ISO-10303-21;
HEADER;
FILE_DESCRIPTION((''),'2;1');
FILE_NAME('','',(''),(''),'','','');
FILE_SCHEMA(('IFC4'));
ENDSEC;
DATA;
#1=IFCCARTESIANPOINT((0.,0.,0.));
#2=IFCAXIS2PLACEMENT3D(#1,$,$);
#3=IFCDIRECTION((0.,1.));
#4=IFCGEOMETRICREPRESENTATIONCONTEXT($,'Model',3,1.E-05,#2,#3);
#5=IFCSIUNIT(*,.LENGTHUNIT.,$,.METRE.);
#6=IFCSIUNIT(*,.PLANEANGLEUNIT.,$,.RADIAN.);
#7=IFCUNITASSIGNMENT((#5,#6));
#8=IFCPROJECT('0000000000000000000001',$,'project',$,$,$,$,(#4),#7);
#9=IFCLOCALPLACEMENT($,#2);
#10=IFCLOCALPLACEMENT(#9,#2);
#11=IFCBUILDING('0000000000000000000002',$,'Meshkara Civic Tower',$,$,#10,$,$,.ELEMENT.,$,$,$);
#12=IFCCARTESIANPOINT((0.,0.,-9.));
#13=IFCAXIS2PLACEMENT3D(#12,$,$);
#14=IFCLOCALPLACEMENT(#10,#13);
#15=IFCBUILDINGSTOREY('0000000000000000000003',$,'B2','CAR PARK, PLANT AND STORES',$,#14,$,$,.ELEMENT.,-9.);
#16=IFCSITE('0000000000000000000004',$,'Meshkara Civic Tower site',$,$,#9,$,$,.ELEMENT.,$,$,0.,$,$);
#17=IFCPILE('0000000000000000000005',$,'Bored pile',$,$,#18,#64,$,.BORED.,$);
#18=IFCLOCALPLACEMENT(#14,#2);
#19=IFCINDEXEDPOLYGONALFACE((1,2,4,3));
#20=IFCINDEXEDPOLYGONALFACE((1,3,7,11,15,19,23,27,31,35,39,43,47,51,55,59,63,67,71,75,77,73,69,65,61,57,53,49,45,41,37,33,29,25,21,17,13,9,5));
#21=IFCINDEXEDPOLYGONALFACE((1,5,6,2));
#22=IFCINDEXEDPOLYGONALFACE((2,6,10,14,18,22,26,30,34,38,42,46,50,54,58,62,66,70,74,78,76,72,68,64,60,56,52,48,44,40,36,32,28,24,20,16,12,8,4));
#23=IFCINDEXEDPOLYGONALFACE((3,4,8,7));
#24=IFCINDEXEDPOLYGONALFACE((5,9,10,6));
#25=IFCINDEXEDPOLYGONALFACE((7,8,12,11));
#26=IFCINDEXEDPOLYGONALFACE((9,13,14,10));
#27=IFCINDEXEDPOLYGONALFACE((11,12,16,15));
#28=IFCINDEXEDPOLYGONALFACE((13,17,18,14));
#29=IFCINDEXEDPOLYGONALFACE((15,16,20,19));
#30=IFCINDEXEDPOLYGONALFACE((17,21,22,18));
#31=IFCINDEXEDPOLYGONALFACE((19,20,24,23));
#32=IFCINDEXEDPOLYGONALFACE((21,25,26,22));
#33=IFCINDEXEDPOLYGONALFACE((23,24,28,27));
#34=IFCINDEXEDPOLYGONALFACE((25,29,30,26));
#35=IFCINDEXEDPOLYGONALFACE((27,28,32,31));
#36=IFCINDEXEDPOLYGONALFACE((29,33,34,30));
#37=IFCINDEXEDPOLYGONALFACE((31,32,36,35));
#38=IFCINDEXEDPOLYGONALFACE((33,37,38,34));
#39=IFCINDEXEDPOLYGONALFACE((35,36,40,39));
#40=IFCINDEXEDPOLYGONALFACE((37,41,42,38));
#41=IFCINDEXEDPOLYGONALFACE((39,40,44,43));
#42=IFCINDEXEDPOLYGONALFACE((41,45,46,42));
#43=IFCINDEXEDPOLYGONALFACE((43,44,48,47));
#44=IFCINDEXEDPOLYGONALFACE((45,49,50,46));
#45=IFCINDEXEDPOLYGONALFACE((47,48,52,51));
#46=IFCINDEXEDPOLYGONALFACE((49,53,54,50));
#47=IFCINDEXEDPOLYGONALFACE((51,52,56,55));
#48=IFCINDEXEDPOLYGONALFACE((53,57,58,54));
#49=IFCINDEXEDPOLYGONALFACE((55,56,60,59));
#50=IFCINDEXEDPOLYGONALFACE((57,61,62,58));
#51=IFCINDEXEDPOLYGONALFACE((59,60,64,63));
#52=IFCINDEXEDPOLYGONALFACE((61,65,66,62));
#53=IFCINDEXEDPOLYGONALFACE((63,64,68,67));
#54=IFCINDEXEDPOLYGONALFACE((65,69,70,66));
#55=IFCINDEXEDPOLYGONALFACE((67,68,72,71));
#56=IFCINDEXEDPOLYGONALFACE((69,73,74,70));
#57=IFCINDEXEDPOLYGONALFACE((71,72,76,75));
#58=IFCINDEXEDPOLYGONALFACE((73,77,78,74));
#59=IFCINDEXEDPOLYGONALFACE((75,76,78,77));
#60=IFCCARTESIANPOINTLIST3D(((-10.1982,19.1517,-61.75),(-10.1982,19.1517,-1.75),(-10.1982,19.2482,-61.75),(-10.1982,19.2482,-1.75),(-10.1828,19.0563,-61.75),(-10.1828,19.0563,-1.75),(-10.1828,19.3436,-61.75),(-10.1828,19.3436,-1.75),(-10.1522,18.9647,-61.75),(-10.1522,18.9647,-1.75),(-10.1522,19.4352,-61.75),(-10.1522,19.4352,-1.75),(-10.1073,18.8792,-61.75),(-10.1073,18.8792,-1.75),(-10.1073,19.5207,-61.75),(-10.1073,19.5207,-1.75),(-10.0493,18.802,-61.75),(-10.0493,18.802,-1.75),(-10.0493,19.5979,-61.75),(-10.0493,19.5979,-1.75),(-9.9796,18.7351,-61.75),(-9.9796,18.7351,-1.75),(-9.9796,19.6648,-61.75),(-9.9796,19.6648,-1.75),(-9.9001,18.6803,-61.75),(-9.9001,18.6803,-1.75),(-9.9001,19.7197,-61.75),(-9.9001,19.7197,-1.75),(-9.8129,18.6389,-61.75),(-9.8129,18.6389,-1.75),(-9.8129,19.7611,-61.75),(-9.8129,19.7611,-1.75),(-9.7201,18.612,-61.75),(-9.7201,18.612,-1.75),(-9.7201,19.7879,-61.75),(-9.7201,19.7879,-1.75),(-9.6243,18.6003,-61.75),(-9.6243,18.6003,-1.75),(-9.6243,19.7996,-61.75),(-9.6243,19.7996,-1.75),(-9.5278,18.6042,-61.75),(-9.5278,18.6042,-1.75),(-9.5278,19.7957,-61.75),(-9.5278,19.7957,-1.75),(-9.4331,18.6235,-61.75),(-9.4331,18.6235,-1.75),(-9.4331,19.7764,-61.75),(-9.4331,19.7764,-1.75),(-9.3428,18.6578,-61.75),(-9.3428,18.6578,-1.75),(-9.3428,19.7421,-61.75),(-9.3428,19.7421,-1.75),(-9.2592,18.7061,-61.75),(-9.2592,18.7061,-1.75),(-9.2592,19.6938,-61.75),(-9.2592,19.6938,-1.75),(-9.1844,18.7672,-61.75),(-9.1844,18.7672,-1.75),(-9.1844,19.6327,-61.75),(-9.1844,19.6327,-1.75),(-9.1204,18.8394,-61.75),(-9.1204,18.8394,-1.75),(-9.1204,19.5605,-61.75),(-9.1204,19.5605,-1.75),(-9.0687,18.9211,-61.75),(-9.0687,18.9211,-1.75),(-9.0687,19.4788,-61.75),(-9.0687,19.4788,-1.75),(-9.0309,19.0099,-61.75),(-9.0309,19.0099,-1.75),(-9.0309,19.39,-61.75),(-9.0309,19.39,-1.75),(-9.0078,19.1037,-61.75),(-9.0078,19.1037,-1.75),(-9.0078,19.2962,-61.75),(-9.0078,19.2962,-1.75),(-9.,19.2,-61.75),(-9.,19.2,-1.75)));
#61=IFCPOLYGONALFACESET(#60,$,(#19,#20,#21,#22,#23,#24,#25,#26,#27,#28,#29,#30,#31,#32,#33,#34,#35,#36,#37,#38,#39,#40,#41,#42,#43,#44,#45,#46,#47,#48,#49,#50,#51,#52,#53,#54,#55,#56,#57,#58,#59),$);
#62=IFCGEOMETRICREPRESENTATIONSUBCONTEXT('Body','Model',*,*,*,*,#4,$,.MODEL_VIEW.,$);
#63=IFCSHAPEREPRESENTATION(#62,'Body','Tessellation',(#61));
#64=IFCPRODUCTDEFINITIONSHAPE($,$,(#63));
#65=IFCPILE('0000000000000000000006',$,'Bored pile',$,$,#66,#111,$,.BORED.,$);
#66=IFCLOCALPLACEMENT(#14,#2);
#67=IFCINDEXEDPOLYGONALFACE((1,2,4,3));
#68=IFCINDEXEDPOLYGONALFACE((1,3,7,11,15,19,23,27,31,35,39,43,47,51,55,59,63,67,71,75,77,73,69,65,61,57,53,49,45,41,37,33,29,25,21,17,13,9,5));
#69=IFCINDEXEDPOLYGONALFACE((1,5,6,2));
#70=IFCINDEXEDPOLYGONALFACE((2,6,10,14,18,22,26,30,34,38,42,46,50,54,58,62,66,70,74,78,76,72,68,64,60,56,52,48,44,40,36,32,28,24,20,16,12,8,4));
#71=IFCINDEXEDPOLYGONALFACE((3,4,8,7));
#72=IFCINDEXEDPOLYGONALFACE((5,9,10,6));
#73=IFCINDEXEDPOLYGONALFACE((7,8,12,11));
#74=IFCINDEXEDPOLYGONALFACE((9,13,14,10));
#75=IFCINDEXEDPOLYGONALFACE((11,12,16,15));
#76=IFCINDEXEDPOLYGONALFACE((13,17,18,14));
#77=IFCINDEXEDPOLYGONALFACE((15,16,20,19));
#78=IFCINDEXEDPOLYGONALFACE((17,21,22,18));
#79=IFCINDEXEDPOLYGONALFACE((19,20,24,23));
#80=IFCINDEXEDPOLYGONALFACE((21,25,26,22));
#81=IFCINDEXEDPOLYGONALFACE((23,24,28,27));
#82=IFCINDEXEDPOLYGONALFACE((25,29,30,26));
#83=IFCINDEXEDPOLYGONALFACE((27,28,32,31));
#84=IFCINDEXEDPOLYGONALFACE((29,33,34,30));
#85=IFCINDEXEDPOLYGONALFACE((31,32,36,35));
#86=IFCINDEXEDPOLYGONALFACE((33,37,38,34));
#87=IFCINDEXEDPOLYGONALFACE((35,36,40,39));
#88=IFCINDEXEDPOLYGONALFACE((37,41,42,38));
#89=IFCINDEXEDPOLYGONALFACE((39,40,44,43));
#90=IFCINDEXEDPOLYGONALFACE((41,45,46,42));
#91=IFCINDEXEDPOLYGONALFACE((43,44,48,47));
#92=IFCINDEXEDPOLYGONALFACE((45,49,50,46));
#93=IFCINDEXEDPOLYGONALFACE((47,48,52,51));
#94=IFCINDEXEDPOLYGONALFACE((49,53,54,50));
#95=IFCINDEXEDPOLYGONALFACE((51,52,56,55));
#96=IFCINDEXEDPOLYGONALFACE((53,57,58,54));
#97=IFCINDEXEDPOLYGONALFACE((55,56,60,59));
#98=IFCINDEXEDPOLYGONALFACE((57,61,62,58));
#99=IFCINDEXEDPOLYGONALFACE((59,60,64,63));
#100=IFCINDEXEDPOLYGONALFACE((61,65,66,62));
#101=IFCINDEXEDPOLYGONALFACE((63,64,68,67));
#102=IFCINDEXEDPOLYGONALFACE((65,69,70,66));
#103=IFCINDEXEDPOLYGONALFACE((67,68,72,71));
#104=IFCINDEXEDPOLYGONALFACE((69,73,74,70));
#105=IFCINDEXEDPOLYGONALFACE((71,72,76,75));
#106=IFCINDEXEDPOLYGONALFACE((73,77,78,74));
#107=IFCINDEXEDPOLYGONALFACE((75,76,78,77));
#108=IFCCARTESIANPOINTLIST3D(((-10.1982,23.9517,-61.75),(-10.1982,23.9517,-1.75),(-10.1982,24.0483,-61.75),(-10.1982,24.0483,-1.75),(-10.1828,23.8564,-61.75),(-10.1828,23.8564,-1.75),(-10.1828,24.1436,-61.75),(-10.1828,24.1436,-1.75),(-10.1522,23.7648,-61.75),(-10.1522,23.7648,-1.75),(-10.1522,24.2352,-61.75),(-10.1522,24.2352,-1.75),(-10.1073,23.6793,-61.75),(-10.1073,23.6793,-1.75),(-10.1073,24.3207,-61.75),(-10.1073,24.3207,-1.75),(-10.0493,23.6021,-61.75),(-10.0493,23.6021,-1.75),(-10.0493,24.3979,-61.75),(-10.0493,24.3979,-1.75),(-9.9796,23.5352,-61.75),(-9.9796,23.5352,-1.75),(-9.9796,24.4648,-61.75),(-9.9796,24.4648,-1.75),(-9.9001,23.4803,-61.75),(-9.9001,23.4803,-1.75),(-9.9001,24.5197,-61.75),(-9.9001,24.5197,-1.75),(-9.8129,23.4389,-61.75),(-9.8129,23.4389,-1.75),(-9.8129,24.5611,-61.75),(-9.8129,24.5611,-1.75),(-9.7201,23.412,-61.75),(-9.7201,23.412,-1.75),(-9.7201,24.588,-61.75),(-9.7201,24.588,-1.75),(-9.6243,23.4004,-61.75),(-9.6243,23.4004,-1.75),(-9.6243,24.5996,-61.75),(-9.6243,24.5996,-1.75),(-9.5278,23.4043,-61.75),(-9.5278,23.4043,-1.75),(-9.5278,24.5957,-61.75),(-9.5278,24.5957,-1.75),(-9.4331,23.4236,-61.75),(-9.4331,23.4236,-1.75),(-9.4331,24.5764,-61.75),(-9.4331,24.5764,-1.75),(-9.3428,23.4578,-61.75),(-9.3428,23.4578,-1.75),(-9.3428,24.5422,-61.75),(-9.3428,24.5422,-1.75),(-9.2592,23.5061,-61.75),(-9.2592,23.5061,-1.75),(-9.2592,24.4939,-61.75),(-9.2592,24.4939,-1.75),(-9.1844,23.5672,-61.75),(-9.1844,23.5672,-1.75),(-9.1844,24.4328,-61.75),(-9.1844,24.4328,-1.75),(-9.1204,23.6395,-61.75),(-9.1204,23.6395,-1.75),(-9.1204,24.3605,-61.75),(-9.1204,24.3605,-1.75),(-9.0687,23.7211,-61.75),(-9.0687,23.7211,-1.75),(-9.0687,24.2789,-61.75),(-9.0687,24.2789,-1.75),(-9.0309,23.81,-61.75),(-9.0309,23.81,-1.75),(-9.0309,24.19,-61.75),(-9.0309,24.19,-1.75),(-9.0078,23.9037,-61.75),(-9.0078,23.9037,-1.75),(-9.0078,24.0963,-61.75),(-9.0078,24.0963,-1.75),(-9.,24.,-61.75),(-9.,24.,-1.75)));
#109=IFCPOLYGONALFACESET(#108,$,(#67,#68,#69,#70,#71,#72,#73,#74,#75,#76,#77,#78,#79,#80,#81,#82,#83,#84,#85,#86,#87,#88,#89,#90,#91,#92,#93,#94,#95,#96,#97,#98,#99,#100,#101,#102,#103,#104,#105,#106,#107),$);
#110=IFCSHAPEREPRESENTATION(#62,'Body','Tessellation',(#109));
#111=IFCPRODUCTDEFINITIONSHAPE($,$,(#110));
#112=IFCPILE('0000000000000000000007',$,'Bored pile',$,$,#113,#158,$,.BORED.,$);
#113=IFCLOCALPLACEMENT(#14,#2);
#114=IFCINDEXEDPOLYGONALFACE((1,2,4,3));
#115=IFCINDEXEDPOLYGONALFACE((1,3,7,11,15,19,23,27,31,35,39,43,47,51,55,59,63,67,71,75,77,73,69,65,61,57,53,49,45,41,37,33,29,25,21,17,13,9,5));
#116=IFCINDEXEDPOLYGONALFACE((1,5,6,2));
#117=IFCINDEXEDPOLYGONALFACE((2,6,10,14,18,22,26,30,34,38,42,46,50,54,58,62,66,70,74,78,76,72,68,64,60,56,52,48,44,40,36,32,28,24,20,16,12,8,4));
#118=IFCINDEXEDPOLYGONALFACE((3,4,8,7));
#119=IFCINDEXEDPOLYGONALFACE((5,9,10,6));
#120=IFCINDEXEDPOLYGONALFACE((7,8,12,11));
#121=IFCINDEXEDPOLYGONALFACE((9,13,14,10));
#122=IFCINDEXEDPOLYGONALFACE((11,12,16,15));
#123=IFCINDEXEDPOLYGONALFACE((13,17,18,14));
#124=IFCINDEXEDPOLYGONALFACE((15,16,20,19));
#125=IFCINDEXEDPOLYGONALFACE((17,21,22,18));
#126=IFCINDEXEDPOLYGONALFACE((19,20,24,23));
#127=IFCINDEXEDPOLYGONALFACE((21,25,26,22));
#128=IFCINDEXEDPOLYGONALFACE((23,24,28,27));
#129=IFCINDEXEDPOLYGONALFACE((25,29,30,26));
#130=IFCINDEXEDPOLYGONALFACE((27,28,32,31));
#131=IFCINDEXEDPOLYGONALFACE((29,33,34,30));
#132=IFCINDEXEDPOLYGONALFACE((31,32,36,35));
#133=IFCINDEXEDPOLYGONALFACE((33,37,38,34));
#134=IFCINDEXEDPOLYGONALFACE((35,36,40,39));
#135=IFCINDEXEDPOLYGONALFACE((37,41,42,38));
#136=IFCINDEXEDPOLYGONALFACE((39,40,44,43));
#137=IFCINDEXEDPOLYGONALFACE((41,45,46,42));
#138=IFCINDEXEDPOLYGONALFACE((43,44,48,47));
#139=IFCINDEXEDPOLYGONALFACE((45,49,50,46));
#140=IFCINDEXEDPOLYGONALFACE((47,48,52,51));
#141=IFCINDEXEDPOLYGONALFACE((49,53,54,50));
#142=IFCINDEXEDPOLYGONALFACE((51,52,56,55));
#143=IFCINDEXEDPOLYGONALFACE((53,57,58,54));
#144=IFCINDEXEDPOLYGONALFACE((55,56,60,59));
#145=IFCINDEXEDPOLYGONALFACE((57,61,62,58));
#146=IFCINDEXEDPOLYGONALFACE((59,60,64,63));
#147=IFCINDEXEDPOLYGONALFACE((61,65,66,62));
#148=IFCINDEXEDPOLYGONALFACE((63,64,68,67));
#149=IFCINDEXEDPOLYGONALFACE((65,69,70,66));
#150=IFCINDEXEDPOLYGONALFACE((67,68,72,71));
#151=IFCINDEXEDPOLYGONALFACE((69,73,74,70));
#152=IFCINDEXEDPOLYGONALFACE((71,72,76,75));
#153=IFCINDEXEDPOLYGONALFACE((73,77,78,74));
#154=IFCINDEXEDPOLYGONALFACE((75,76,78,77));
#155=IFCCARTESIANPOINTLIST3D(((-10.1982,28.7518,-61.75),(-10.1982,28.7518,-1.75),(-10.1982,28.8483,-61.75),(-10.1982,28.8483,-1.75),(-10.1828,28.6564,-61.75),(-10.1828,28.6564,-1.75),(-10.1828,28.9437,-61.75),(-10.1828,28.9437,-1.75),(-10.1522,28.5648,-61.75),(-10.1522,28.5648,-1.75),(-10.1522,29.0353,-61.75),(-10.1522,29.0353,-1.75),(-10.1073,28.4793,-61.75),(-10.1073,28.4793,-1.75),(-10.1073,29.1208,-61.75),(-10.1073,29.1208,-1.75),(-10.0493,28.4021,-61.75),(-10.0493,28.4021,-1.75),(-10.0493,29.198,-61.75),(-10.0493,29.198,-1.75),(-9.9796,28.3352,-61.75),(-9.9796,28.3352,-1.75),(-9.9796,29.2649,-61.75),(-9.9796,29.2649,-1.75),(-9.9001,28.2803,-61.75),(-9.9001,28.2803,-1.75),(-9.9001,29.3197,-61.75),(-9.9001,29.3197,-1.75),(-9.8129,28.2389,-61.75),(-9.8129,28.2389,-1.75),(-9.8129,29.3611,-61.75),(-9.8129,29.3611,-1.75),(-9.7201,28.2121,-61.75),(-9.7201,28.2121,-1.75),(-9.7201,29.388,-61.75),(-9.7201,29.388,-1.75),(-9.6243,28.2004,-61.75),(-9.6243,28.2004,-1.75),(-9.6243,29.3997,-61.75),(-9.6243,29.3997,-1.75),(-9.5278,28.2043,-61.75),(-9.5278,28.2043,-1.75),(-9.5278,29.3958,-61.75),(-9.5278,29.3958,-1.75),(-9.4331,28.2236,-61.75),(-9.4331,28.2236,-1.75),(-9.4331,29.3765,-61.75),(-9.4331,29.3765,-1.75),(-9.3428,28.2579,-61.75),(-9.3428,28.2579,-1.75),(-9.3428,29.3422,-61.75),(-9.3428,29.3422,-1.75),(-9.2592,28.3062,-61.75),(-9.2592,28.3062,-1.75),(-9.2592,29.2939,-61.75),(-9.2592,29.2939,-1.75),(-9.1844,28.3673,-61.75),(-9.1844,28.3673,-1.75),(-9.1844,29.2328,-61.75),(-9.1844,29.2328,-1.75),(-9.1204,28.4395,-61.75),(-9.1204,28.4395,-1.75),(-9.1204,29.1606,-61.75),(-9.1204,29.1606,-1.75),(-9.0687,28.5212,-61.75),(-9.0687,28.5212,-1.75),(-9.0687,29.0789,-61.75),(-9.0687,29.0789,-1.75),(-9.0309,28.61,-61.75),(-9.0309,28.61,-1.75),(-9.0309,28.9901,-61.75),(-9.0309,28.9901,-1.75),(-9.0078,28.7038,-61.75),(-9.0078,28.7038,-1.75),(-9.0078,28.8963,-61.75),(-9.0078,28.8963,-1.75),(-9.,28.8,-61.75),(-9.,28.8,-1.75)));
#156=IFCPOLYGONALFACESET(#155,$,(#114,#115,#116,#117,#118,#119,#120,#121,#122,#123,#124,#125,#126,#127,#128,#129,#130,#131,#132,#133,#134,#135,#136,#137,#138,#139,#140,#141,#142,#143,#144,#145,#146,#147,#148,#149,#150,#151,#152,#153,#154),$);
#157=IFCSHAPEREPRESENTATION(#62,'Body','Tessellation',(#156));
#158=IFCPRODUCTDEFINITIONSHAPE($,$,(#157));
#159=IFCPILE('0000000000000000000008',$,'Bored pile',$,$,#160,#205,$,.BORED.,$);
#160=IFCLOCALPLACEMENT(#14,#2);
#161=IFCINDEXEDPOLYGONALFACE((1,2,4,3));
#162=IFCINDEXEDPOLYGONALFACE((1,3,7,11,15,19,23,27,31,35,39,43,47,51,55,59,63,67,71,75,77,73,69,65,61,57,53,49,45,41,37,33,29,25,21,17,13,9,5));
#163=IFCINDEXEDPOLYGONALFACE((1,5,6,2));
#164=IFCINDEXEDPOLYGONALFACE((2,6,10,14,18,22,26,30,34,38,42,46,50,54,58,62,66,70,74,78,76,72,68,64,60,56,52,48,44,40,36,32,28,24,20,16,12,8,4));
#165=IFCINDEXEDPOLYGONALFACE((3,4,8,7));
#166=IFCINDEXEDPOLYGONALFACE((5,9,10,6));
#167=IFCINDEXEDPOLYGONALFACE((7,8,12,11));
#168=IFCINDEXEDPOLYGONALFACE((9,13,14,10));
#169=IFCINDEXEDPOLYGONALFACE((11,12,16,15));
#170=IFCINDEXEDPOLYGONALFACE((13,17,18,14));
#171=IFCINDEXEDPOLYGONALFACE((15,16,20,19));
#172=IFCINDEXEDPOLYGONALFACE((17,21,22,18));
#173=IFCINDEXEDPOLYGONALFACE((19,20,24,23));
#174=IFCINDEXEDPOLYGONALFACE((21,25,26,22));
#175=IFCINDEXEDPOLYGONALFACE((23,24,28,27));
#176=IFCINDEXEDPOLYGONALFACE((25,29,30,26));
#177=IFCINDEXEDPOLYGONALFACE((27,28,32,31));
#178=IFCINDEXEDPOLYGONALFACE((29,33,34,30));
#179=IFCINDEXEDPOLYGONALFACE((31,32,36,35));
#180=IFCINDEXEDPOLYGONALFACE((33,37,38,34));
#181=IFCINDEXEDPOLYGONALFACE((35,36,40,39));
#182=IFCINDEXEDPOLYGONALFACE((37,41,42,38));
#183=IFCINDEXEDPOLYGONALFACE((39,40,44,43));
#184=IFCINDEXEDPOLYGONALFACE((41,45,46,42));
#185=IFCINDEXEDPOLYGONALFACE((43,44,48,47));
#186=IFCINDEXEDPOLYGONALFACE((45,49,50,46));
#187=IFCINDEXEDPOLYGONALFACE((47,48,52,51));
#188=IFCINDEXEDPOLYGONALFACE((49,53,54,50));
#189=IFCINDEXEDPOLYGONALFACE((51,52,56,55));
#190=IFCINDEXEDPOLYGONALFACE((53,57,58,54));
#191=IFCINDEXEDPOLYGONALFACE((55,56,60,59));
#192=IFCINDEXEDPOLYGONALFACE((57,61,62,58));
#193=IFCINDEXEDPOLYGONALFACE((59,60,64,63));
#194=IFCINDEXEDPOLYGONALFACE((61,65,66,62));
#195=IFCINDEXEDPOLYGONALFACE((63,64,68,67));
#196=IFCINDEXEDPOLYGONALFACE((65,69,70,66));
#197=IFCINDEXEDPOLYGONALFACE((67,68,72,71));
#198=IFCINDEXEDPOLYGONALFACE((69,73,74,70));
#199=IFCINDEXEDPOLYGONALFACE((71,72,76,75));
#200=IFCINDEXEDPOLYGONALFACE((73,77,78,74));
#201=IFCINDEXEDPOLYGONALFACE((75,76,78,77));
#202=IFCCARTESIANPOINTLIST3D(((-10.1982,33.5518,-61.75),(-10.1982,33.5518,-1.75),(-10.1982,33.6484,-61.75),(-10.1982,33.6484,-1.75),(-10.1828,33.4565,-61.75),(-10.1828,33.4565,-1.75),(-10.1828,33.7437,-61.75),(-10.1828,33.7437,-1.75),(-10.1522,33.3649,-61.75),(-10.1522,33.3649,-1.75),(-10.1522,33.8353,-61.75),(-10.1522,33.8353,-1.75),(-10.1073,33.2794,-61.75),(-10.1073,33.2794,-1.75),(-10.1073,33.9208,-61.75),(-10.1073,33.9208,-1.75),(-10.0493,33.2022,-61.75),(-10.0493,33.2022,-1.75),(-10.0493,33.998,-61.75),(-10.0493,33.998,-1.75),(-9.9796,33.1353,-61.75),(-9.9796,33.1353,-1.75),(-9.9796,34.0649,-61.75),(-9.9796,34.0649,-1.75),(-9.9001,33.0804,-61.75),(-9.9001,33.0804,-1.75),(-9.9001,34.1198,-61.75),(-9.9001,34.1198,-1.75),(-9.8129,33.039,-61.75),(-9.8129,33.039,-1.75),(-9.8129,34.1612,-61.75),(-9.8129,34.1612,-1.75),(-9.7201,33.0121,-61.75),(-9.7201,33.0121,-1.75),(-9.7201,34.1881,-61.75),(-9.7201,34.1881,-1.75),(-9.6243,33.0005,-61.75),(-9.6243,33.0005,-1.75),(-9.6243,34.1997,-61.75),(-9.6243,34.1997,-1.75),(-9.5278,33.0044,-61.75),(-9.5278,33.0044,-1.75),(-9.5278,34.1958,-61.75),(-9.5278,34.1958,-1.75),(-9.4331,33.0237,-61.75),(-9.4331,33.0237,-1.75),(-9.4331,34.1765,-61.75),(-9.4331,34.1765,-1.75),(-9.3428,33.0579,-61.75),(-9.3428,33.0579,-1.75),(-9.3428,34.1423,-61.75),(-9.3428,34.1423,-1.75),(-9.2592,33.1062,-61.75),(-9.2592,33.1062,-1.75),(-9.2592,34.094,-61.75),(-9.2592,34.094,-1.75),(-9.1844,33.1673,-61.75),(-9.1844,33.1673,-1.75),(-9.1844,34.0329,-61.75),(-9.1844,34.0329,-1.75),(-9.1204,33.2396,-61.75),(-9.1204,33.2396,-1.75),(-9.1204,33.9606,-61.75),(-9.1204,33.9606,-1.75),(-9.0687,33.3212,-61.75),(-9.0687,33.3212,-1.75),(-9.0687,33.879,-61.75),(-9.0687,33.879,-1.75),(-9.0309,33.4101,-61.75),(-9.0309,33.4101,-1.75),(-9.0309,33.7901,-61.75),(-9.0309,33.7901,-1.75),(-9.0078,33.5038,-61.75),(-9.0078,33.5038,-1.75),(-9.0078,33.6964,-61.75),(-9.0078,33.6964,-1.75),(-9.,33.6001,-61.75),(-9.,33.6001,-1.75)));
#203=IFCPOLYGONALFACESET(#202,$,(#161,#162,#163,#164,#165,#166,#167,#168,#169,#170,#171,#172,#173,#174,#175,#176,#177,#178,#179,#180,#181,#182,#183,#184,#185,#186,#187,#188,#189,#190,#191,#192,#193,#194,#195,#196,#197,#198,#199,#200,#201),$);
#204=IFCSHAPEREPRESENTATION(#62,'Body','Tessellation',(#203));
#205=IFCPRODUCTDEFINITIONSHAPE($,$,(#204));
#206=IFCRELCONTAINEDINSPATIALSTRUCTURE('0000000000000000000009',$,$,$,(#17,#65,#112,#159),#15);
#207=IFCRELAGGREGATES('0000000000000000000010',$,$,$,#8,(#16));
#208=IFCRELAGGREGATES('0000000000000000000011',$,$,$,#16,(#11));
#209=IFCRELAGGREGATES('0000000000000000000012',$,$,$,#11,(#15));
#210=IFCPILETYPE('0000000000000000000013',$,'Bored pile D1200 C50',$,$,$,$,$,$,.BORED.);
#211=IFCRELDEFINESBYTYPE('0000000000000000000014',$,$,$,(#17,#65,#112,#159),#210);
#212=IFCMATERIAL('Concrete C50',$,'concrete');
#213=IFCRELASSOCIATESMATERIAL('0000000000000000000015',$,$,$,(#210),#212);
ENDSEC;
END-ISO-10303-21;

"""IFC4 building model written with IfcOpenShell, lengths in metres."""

from ifc_helpers import new_model, si_unit, direction, frame, origin, origin_2d, place, context, subcontext, project, spatial, circle, extrude, material, material_profile, profile_set, type_object, element, save


model = new_model("IFC4")

# Units and contexts
model_context = context("Model", 3, precision=1e-05, world=origin(), true_north=direction((0.0, 1.0)))
body_context = subcontext(model_context, "Body", "Model", "MODEL_VIEW")
ifc_project = project(units=[si_unit("LENGTHUNIT", "METRE"), si_unit("PLANEANGLEUNIT", "RADIAN")], contexts=[model_context])

# Site, building, storey
site_placement = place(None, origin())
site = spatial("IfcSite", under=ifc_project, at=site_placement, Name="Meshkara Civic Tower site", CompositionType="ELEMENT", RefElevation=0.0)
building_placement = place(site_placement, origin())
building = spatial("IfcBuilding", under=site, at=building_placement, Name="Meshkara Civic Tower", CompositionType="ELEMENT")
storey_placement = place(building_placement, frame((0.0, 0.0, -9.0)))
storey = spatial("IfcBuildingStorey", under=building, at=storey_placement, Name="B2", Description="CAR PARK, PLANT AND STORES", CompositionType="ELEMENT", Elevation=-9.0)

# Piles
ifc_material_1 = material(Name="Concrete C50", Category="concrete")
ifc_material_profile_1 = material_profile(ifc_material_1, circle(Radius=0.6001, at=origin_2d()))
ifc_profile_set_1 = profile_set([ifc_material_profile_1], Name="Concrete C50")
pile_type = type_object("IfcPileType", Name="Bored pile D1200 C50", PredefinedType="BORED", material=ifc_profile_set_1)
for number, where, z_axis, x_axis, name in (
    (1, (-9.6001, 19.2, -1.75), (0.0, 0.0, -1.0), (1.0, 0.0, 0.0), "Bored pile"),
    (2, (-9.6001, 24.0, -1.75), (0.0, 0.0, -1.0), (1.0, 0.0, 0.0), "Bored pile"),
    (3, (-9.6001, 28.8, -1.75), (0.0, 0.0, -1.0), (1.0, 0.0, 0.0), "Bored pile"),
    (4, (-9.6001, 33.6001, -1.75), (0.0, 0.0, -1.0), (1.0, 0.0, 0.0), "Bored pile"),
):
    element("IfcPile", number, at=place(storey_placement, frame(where, z_axis=z_axis, x_axis=x_axis)), inside=storey, type_object=pile_type, Name=name, PredefinedType="BORED", context=body_context, shape_type="SweptSolid", body=[
        extrude(circle(Radius=0.6001, at=origin_2d()), origin(), (0.0, 0.0, 1.0), 60.0),
    ])

save(model, "model.ifc")
